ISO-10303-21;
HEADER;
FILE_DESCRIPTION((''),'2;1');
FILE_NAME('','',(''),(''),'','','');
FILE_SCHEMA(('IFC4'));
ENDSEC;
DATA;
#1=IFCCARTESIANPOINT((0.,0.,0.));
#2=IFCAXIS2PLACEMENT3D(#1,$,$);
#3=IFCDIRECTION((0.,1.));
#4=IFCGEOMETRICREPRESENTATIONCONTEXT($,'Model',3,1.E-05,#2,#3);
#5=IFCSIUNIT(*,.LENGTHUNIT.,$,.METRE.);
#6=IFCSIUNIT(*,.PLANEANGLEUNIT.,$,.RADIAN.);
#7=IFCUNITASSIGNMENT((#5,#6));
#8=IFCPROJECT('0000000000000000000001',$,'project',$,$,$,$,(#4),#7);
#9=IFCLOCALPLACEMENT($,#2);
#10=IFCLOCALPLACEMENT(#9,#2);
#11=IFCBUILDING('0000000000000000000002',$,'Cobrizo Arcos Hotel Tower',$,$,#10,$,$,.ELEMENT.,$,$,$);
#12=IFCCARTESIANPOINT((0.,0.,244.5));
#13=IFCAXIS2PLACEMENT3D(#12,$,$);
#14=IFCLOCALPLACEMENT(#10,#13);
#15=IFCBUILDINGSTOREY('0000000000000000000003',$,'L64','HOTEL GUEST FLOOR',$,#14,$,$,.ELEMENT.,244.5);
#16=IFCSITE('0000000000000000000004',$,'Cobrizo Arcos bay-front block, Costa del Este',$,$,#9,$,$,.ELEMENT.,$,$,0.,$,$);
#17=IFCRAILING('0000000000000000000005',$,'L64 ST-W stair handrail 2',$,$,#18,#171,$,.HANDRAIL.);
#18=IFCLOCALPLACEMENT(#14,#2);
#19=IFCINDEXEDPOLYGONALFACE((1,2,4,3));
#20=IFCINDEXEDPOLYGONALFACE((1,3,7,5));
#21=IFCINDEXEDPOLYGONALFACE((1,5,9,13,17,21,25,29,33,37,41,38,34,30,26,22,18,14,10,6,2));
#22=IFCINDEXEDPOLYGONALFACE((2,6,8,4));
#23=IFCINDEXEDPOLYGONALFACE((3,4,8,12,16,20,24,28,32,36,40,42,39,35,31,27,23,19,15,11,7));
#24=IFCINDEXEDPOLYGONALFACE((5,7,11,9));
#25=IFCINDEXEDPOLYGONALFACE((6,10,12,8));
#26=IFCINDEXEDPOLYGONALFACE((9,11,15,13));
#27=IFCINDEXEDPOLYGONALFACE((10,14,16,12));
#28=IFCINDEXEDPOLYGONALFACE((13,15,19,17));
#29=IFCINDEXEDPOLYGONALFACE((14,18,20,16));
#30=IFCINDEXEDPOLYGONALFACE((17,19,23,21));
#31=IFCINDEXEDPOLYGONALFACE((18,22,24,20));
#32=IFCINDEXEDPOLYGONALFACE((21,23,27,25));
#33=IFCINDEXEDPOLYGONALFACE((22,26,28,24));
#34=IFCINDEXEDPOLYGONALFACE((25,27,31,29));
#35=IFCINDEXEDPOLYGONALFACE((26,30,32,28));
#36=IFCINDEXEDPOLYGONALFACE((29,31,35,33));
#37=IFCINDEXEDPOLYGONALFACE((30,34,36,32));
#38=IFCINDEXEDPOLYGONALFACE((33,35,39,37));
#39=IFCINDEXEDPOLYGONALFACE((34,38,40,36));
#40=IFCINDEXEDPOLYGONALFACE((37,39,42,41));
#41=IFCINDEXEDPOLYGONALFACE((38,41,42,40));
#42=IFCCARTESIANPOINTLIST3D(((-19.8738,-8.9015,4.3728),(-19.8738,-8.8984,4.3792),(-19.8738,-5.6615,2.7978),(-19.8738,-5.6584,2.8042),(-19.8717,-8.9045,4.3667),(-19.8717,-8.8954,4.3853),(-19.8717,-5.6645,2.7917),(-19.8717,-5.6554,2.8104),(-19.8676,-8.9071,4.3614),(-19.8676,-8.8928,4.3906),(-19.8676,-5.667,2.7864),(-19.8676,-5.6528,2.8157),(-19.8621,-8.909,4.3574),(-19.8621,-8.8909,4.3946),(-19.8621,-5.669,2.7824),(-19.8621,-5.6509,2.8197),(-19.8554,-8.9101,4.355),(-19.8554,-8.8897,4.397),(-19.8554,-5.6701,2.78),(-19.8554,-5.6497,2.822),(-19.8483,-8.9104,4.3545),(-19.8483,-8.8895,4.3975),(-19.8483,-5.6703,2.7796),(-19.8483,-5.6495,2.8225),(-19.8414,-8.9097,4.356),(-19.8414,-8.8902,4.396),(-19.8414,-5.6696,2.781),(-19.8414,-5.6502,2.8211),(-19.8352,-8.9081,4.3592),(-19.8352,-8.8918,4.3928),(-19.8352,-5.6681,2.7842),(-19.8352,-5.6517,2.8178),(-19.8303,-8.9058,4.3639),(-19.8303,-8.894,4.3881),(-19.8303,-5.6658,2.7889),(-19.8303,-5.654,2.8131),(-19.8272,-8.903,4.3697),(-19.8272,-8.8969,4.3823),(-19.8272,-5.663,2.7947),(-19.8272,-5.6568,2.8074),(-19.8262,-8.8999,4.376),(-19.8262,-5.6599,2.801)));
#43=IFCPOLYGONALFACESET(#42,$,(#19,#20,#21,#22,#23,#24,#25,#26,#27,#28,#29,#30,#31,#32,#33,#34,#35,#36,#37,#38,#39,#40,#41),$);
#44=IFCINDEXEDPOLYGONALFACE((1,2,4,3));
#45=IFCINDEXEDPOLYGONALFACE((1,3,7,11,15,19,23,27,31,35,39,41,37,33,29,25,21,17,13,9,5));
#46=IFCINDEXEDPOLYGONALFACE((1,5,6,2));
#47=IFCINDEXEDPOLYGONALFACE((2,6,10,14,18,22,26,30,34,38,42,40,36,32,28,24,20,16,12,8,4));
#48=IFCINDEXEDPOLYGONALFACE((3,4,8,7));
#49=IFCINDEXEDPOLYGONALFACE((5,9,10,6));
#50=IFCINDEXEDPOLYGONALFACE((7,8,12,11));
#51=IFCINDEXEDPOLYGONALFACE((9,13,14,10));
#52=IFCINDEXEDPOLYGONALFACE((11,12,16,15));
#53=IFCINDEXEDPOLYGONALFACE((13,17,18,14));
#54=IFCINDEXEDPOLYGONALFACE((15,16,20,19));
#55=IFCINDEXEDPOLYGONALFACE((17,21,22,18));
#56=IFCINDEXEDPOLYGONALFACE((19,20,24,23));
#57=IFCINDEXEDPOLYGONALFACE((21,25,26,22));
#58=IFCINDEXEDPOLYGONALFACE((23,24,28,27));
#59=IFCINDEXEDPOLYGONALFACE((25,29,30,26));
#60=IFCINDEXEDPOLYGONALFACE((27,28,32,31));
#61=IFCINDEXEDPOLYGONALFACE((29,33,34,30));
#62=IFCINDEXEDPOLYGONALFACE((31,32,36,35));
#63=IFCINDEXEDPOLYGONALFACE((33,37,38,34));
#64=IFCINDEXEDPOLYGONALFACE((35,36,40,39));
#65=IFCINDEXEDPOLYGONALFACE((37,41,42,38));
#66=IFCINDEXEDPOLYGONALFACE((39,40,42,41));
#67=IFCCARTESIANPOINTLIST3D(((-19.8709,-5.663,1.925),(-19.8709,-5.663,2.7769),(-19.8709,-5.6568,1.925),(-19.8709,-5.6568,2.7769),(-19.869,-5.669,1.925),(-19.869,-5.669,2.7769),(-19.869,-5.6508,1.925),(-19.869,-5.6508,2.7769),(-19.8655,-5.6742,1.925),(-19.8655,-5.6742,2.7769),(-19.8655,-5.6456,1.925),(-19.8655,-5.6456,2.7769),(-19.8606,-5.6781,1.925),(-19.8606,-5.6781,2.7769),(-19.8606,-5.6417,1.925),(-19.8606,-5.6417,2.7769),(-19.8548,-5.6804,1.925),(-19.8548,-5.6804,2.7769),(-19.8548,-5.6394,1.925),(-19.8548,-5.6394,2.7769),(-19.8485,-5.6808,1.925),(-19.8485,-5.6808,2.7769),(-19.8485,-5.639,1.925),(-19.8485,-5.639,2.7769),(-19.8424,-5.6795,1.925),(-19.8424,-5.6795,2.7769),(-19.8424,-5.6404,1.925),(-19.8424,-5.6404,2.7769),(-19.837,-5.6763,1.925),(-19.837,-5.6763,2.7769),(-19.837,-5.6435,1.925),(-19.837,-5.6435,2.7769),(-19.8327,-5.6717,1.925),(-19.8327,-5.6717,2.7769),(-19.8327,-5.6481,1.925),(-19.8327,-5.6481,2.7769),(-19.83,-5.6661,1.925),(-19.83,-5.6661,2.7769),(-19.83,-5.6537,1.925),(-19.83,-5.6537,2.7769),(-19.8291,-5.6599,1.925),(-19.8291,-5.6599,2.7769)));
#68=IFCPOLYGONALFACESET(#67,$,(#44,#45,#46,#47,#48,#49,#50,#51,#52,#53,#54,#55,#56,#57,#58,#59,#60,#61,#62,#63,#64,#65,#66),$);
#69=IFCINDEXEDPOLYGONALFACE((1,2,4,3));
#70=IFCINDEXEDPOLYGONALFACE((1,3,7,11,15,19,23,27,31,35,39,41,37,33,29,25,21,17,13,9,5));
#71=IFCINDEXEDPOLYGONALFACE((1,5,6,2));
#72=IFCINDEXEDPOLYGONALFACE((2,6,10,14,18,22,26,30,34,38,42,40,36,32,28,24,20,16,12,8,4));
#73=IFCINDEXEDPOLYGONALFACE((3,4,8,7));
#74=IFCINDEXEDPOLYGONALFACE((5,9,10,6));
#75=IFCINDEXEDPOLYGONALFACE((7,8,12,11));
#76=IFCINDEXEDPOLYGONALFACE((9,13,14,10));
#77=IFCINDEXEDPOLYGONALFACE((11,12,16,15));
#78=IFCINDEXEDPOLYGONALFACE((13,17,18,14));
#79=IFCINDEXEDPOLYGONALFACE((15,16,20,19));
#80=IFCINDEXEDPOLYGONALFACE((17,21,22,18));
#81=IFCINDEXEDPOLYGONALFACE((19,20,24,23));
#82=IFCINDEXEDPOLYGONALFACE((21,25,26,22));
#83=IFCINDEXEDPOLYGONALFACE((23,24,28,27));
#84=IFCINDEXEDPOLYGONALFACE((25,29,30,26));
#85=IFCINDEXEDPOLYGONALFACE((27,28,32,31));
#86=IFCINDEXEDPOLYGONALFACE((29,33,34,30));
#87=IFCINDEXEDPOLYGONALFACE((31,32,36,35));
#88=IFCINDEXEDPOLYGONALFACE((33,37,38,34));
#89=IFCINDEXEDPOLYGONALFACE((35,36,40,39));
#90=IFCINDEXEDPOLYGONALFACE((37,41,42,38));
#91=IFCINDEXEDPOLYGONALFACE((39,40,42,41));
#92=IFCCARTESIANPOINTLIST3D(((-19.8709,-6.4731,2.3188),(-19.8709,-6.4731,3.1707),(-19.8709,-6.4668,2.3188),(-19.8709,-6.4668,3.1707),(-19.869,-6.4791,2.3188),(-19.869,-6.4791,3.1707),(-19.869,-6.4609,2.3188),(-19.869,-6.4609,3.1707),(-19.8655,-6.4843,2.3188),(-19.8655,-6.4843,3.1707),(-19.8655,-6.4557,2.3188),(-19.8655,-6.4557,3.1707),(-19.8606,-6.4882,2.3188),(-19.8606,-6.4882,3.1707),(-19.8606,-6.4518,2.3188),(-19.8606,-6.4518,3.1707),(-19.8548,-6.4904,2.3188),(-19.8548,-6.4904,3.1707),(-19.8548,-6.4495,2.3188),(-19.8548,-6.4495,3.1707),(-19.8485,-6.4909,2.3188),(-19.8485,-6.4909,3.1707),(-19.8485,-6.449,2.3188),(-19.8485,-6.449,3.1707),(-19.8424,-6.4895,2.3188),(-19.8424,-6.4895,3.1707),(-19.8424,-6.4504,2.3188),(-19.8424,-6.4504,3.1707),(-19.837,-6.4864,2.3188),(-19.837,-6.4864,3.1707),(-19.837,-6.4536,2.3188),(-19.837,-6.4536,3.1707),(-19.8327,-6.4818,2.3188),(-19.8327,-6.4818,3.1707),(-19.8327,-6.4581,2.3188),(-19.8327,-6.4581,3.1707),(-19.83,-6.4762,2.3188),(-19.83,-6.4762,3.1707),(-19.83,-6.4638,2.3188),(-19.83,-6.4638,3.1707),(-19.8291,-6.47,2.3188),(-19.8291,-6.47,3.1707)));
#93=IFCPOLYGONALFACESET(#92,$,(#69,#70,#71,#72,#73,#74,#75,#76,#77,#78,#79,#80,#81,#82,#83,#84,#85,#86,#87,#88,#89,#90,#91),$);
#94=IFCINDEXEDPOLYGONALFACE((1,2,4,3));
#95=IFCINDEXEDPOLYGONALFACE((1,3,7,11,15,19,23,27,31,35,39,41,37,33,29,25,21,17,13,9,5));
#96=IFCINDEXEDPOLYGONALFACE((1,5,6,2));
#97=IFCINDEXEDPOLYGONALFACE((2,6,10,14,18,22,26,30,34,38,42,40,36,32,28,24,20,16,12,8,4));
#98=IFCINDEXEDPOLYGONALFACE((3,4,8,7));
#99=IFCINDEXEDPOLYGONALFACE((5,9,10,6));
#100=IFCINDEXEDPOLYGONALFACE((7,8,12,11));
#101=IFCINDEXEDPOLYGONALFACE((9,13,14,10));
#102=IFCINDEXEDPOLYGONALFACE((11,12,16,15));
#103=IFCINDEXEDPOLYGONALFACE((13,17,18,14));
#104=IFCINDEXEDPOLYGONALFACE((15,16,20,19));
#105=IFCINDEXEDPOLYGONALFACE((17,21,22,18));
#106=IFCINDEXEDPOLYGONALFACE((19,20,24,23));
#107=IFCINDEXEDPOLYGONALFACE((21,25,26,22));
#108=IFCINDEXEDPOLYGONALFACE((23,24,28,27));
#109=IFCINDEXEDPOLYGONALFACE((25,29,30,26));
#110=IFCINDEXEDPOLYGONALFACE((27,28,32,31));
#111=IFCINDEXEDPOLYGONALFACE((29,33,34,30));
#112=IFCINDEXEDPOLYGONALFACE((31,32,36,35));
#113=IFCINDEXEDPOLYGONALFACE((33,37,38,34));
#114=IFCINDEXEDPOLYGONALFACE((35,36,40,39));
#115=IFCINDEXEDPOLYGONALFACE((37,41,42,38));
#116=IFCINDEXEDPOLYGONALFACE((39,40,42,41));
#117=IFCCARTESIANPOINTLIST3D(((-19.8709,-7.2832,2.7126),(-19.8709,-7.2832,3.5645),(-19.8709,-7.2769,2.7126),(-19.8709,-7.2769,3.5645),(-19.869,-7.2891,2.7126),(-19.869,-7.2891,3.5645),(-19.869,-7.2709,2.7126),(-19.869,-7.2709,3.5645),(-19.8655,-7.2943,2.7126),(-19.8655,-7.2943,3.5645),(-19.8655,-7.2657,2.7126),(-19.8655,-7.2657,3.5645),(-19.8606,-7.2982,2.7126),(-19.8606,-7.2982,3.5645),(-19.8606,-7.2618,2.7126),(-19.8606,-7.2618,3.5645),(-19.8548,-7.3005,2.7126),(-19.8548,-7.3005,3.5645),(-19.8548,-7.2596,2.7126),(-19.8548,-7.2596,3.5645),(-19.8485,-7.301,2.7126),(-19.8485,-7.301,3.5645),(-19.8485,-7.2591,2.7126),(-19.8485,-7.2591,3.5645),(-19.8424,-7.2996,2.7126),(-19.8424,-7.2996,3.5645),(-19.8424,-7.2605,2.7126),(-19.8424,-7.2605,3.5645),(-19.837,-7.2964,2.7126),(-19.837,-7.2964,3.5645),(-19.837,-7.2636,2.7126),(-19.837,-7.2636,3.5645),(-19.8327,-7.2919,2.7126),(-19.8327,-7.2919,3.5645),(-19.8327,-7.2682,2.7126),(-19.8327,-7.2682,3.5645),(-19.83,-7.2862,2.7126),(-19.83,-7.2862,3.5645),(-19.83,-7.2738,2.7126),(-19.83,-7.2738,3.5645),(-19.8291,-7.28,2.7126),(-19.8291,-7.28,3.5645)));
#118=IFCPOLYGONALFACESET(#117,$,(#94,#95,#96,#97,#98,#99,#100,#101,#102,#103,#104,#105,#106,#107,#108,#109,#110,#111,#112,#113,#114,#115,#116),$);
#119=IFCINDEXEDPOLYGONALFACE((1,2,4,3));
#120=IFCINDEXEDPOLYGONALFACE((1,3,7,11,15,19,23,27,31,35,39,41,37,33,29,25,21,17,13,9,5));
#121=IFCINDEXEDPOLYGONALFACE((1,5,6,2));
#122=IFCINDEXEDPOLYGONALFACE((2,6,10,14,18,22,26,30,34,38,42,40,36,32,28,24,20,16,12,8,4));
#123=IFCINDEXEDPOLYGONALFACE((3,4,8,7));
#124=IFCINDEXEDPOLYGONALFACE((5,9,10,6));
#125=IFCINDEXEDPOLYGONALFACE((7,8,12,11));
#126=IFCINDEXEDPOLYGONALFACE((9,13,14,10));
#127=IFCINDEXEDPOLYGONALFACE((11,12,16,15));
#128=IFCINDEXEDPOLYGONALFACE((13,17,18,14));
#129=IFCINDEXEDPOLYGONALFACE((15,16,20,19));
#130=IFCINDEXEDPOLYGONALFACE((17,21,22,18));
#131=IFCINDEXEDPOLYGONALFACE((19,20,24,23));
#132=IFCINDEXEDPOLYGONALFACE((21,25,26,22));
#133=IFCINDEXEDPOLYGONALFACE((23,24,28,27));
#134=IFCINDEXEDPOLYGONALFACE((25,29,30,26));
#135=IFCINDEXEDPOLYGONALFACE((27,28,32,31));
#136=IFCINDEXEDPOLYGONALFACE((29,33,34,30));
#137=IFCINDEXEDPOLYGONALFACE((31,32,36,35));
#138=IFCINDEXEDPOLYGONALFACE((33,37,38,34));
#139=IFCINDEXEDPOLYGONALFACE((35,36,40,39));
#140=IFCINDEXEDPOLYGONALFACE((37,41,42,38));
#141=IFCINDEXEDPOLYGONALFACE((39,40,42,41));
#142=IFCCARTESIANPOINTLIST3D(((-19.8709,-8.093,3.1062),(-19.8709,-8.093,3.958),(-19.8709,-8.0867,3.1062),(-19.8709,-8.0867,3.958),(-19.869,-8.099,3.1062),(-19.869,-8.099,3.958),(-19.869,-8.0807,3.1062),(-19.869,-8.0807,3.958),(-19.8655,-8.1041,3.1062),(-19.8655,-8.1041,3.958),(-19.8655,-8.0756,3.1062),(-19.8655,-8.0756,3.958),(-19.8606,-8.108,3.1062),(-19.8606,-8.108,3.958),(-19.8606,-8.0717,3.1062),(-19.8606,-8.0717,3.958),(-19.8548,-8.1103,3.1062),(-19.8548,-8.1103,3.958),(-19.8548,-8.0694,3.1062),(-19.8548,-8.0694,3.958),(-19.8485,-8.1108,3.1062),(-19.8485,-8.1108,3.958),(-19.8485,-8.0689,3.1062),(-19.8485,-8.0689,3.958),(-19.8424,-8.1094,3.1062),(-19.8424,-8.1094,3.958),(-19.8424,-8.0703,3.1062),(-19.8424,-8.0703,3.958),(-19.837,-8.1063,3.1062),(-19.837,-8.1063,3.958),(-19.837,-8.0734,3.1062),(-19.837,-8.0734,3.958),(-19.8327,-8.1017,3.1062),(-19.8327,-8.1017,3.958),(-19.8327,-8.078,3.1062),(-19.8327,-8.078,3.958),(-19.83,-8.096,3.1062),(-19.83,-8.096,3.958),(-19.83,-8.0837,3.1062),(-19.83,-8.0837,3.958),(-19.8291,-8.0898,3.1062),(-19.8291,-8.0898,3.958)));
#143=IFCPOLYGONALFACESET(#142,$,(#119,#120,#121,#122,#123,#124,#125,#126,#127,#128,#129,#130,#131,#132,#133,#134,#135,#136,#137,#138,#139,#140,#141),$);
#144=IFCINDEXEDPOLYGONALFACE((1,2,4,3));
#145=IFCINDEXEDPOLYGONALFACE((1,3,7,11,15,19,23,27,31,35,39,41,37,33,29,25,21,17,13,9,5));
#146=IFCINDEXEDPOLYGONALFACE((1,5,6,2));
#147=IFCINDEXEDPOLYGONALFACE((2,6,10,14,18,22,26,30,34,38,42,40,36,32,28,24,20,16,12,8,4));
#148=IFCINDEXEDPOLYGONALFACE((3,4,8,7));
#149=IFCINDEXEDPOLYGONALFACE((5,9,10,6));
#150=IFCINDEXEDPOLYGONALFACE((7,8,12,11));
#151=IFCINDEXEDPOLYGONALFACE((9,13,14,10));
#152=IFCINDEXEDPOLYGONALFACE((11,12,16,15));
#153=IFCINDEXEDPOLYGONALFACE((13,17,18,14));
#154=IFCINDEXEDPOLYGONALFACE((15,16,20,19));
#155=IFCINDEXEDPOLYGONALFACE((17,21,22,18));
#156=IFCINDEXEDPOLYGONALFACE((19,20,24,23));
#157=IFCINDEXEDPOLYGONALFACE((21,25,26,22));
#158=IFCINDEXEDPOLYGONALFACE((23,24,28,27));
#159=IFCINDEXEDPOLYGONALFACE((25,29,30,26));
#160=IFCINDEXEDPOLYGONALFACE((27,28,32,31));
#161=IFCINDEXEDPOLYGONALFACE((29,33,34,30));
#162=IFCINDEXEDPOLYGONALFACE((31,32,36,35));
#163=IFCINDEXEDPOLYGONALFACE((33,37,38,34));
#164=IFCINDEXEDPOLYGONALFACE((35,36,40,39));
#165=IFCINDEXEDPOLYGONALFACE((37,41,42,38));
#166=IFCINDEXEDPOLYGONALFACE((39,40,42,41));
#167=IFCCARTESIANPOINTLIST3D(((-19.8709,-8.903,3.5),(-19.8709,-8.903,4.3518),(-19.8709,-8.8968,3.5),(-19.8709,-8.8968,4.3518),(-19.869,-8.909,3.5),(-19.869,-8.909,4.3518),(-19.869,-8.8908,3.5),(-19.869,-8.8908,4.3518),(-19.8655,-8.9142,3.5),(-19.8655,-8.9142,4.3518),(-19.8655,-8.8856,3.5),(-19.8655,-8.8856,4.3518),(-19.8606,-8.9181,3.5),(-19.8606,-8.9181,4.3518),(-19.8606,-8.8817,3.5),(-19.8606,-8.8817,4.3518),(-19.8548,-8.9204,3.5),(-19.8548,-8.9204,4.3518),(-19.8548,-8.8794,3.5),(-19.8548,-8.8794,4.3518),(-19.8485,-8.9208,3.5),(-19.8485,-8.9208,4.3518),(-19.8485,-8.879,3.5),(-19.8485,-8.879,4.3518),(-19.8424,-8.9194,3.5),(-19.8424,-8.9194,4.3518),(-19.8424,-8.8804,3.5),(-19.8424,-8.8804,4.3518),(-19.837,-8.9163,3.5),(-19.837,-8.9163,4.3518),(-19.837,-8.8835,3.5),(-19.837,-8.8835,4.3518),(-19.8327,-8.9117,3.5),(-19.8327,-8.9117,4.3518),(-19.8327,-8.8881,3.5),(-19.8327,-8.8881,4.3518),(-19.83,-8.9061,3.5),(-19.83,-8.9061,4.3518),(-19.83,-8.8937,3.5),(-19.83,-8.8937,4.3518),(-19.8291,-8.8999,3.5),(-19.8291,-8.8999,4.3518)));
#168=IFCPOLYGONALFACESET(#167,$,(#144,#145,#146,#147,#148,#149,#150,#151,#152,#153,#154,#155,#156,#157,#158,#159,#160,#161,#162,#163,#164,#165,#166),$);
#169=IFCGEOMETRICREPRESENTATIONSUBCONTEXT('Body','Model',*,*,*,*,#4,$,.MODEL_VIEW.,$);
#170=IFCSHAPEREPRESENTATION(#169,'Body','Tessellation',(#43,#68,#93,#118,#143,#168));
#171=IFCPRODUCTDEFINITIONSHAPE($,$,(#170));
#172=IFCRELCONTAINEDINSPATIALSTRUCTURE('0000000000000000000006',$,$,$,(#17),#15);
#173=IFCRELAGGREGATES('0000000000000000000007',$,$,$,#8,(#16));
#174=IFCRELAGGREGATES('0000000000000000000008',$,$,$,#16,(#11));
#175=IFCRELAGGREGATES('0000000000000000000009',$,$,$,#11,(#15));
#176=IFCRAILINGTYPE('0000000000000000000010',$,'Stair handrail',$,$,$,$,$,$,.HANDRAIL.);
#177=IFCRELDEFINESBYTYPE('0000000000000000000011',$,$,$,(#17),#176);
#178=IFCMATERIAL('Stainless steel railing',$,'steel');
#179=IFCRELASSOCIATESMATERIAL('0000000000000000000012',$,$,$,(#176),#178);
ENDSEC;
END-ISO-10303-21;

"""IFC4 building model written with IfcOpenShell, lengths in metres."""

from ifc_helpers import new_model, si_unit, direction, frame, origin, origin_2d, place, context, subcontext, project, spatial, circle, extrude, material, type_object, element, save


model = new_model("IFC4")

# Units and contexts
model_context = context("Model", 3, precision=1e-05, world=origin(), true_north=direction((0.0, 1.0)))
body_context = subcontext(model_context, "Body", "Model", "MODEL_VIEW")
ifc_project = project(units=[si_unit("LENGTHUNIT", "METRE"), si_unit("PLANEANGLEUNIT", "RADIAN")], contexts=[model_context])

# Site, building, storey
site_placement = place(None, origin())
site = spatial("IfcSite", under=ifc_project, at=site_placement, Name="Cobrizo Arcos bay-front block, Costa del Este", CompositionType="ELEMENT", RefElevation=0.0)
building_placement = place(site_placement, origin())
building = spatial("IfcBuilding", under=site, at=building_placement, Name="Cobrizo Arcos Hotel Tower", CompositionType="ELEMENT")
storey_placement = place(building_placement, frame((0.0, 0.0, 244.5)))
storey = spatial("IfcBuildingStorey", under=building, at=storey_placement, Name="L64", Description="HOTEL GUEST FLOOR", CompositionType="ELEMENT", Elevation=244.5)

# Railing
ifc_material_1 = material(Name="Stainless steel railing", Category="steel")
railing_type_1 = type_object("IfcRailingType", Name="Stair handrail", PredefinedType="HANDRAIL", material=ifc_material_1)
railing_1_placement = place(storey_placement, frame((-19.8501, -5.6599, 1.925)))
element("IfcRailing", 1, at=railing_1_placement, inside=storey, type_object=railing_type_1, Name="L64 ST-W stair handrail 2", PredefinedType="HANDRAIL", context=body_context, shape_type="SweptSolid", body=[
    extrude(circle(Radius=0.0239, at=origin_2d()), frame((0.0, 0.0, 0.876), z_axis=(0.0, -0.899373, 0.437183), x_axis=(1.0, 0.0, 0.0)), (0.0, 0.0, 1.0), 3.6025),
    extrude(circle(Radius=0.021, at=origin_2d()), origin(), (0.0, 0.0, 1.0), 0.8518),
    extrude(circle(Radius=0.021, at=origin_2d()), frame((0.0, -0.8101, 0.3938)), (0.0, 0.0, 1.0), 0.8518),
    extrude(circle(Radius=0.021, at=origin_2d()), frame((0.0, -1.6201, 0.7876)), (0.0, 0.0, 1.0), 0.8518),
    extrude(circle(Radius=0.021, at=origin_2d()), frame((0.0, -2.4299, 1.1812)), (0.0, 0.0, 1.0), 0.8518),
    extrude(circle(Radius=0.021, at=origin_2d()), frame((0.0, -3.24, 1.575)), (0.0, 0.0, 1.0), 0.8518),
])

save(model, "model.ifc")
